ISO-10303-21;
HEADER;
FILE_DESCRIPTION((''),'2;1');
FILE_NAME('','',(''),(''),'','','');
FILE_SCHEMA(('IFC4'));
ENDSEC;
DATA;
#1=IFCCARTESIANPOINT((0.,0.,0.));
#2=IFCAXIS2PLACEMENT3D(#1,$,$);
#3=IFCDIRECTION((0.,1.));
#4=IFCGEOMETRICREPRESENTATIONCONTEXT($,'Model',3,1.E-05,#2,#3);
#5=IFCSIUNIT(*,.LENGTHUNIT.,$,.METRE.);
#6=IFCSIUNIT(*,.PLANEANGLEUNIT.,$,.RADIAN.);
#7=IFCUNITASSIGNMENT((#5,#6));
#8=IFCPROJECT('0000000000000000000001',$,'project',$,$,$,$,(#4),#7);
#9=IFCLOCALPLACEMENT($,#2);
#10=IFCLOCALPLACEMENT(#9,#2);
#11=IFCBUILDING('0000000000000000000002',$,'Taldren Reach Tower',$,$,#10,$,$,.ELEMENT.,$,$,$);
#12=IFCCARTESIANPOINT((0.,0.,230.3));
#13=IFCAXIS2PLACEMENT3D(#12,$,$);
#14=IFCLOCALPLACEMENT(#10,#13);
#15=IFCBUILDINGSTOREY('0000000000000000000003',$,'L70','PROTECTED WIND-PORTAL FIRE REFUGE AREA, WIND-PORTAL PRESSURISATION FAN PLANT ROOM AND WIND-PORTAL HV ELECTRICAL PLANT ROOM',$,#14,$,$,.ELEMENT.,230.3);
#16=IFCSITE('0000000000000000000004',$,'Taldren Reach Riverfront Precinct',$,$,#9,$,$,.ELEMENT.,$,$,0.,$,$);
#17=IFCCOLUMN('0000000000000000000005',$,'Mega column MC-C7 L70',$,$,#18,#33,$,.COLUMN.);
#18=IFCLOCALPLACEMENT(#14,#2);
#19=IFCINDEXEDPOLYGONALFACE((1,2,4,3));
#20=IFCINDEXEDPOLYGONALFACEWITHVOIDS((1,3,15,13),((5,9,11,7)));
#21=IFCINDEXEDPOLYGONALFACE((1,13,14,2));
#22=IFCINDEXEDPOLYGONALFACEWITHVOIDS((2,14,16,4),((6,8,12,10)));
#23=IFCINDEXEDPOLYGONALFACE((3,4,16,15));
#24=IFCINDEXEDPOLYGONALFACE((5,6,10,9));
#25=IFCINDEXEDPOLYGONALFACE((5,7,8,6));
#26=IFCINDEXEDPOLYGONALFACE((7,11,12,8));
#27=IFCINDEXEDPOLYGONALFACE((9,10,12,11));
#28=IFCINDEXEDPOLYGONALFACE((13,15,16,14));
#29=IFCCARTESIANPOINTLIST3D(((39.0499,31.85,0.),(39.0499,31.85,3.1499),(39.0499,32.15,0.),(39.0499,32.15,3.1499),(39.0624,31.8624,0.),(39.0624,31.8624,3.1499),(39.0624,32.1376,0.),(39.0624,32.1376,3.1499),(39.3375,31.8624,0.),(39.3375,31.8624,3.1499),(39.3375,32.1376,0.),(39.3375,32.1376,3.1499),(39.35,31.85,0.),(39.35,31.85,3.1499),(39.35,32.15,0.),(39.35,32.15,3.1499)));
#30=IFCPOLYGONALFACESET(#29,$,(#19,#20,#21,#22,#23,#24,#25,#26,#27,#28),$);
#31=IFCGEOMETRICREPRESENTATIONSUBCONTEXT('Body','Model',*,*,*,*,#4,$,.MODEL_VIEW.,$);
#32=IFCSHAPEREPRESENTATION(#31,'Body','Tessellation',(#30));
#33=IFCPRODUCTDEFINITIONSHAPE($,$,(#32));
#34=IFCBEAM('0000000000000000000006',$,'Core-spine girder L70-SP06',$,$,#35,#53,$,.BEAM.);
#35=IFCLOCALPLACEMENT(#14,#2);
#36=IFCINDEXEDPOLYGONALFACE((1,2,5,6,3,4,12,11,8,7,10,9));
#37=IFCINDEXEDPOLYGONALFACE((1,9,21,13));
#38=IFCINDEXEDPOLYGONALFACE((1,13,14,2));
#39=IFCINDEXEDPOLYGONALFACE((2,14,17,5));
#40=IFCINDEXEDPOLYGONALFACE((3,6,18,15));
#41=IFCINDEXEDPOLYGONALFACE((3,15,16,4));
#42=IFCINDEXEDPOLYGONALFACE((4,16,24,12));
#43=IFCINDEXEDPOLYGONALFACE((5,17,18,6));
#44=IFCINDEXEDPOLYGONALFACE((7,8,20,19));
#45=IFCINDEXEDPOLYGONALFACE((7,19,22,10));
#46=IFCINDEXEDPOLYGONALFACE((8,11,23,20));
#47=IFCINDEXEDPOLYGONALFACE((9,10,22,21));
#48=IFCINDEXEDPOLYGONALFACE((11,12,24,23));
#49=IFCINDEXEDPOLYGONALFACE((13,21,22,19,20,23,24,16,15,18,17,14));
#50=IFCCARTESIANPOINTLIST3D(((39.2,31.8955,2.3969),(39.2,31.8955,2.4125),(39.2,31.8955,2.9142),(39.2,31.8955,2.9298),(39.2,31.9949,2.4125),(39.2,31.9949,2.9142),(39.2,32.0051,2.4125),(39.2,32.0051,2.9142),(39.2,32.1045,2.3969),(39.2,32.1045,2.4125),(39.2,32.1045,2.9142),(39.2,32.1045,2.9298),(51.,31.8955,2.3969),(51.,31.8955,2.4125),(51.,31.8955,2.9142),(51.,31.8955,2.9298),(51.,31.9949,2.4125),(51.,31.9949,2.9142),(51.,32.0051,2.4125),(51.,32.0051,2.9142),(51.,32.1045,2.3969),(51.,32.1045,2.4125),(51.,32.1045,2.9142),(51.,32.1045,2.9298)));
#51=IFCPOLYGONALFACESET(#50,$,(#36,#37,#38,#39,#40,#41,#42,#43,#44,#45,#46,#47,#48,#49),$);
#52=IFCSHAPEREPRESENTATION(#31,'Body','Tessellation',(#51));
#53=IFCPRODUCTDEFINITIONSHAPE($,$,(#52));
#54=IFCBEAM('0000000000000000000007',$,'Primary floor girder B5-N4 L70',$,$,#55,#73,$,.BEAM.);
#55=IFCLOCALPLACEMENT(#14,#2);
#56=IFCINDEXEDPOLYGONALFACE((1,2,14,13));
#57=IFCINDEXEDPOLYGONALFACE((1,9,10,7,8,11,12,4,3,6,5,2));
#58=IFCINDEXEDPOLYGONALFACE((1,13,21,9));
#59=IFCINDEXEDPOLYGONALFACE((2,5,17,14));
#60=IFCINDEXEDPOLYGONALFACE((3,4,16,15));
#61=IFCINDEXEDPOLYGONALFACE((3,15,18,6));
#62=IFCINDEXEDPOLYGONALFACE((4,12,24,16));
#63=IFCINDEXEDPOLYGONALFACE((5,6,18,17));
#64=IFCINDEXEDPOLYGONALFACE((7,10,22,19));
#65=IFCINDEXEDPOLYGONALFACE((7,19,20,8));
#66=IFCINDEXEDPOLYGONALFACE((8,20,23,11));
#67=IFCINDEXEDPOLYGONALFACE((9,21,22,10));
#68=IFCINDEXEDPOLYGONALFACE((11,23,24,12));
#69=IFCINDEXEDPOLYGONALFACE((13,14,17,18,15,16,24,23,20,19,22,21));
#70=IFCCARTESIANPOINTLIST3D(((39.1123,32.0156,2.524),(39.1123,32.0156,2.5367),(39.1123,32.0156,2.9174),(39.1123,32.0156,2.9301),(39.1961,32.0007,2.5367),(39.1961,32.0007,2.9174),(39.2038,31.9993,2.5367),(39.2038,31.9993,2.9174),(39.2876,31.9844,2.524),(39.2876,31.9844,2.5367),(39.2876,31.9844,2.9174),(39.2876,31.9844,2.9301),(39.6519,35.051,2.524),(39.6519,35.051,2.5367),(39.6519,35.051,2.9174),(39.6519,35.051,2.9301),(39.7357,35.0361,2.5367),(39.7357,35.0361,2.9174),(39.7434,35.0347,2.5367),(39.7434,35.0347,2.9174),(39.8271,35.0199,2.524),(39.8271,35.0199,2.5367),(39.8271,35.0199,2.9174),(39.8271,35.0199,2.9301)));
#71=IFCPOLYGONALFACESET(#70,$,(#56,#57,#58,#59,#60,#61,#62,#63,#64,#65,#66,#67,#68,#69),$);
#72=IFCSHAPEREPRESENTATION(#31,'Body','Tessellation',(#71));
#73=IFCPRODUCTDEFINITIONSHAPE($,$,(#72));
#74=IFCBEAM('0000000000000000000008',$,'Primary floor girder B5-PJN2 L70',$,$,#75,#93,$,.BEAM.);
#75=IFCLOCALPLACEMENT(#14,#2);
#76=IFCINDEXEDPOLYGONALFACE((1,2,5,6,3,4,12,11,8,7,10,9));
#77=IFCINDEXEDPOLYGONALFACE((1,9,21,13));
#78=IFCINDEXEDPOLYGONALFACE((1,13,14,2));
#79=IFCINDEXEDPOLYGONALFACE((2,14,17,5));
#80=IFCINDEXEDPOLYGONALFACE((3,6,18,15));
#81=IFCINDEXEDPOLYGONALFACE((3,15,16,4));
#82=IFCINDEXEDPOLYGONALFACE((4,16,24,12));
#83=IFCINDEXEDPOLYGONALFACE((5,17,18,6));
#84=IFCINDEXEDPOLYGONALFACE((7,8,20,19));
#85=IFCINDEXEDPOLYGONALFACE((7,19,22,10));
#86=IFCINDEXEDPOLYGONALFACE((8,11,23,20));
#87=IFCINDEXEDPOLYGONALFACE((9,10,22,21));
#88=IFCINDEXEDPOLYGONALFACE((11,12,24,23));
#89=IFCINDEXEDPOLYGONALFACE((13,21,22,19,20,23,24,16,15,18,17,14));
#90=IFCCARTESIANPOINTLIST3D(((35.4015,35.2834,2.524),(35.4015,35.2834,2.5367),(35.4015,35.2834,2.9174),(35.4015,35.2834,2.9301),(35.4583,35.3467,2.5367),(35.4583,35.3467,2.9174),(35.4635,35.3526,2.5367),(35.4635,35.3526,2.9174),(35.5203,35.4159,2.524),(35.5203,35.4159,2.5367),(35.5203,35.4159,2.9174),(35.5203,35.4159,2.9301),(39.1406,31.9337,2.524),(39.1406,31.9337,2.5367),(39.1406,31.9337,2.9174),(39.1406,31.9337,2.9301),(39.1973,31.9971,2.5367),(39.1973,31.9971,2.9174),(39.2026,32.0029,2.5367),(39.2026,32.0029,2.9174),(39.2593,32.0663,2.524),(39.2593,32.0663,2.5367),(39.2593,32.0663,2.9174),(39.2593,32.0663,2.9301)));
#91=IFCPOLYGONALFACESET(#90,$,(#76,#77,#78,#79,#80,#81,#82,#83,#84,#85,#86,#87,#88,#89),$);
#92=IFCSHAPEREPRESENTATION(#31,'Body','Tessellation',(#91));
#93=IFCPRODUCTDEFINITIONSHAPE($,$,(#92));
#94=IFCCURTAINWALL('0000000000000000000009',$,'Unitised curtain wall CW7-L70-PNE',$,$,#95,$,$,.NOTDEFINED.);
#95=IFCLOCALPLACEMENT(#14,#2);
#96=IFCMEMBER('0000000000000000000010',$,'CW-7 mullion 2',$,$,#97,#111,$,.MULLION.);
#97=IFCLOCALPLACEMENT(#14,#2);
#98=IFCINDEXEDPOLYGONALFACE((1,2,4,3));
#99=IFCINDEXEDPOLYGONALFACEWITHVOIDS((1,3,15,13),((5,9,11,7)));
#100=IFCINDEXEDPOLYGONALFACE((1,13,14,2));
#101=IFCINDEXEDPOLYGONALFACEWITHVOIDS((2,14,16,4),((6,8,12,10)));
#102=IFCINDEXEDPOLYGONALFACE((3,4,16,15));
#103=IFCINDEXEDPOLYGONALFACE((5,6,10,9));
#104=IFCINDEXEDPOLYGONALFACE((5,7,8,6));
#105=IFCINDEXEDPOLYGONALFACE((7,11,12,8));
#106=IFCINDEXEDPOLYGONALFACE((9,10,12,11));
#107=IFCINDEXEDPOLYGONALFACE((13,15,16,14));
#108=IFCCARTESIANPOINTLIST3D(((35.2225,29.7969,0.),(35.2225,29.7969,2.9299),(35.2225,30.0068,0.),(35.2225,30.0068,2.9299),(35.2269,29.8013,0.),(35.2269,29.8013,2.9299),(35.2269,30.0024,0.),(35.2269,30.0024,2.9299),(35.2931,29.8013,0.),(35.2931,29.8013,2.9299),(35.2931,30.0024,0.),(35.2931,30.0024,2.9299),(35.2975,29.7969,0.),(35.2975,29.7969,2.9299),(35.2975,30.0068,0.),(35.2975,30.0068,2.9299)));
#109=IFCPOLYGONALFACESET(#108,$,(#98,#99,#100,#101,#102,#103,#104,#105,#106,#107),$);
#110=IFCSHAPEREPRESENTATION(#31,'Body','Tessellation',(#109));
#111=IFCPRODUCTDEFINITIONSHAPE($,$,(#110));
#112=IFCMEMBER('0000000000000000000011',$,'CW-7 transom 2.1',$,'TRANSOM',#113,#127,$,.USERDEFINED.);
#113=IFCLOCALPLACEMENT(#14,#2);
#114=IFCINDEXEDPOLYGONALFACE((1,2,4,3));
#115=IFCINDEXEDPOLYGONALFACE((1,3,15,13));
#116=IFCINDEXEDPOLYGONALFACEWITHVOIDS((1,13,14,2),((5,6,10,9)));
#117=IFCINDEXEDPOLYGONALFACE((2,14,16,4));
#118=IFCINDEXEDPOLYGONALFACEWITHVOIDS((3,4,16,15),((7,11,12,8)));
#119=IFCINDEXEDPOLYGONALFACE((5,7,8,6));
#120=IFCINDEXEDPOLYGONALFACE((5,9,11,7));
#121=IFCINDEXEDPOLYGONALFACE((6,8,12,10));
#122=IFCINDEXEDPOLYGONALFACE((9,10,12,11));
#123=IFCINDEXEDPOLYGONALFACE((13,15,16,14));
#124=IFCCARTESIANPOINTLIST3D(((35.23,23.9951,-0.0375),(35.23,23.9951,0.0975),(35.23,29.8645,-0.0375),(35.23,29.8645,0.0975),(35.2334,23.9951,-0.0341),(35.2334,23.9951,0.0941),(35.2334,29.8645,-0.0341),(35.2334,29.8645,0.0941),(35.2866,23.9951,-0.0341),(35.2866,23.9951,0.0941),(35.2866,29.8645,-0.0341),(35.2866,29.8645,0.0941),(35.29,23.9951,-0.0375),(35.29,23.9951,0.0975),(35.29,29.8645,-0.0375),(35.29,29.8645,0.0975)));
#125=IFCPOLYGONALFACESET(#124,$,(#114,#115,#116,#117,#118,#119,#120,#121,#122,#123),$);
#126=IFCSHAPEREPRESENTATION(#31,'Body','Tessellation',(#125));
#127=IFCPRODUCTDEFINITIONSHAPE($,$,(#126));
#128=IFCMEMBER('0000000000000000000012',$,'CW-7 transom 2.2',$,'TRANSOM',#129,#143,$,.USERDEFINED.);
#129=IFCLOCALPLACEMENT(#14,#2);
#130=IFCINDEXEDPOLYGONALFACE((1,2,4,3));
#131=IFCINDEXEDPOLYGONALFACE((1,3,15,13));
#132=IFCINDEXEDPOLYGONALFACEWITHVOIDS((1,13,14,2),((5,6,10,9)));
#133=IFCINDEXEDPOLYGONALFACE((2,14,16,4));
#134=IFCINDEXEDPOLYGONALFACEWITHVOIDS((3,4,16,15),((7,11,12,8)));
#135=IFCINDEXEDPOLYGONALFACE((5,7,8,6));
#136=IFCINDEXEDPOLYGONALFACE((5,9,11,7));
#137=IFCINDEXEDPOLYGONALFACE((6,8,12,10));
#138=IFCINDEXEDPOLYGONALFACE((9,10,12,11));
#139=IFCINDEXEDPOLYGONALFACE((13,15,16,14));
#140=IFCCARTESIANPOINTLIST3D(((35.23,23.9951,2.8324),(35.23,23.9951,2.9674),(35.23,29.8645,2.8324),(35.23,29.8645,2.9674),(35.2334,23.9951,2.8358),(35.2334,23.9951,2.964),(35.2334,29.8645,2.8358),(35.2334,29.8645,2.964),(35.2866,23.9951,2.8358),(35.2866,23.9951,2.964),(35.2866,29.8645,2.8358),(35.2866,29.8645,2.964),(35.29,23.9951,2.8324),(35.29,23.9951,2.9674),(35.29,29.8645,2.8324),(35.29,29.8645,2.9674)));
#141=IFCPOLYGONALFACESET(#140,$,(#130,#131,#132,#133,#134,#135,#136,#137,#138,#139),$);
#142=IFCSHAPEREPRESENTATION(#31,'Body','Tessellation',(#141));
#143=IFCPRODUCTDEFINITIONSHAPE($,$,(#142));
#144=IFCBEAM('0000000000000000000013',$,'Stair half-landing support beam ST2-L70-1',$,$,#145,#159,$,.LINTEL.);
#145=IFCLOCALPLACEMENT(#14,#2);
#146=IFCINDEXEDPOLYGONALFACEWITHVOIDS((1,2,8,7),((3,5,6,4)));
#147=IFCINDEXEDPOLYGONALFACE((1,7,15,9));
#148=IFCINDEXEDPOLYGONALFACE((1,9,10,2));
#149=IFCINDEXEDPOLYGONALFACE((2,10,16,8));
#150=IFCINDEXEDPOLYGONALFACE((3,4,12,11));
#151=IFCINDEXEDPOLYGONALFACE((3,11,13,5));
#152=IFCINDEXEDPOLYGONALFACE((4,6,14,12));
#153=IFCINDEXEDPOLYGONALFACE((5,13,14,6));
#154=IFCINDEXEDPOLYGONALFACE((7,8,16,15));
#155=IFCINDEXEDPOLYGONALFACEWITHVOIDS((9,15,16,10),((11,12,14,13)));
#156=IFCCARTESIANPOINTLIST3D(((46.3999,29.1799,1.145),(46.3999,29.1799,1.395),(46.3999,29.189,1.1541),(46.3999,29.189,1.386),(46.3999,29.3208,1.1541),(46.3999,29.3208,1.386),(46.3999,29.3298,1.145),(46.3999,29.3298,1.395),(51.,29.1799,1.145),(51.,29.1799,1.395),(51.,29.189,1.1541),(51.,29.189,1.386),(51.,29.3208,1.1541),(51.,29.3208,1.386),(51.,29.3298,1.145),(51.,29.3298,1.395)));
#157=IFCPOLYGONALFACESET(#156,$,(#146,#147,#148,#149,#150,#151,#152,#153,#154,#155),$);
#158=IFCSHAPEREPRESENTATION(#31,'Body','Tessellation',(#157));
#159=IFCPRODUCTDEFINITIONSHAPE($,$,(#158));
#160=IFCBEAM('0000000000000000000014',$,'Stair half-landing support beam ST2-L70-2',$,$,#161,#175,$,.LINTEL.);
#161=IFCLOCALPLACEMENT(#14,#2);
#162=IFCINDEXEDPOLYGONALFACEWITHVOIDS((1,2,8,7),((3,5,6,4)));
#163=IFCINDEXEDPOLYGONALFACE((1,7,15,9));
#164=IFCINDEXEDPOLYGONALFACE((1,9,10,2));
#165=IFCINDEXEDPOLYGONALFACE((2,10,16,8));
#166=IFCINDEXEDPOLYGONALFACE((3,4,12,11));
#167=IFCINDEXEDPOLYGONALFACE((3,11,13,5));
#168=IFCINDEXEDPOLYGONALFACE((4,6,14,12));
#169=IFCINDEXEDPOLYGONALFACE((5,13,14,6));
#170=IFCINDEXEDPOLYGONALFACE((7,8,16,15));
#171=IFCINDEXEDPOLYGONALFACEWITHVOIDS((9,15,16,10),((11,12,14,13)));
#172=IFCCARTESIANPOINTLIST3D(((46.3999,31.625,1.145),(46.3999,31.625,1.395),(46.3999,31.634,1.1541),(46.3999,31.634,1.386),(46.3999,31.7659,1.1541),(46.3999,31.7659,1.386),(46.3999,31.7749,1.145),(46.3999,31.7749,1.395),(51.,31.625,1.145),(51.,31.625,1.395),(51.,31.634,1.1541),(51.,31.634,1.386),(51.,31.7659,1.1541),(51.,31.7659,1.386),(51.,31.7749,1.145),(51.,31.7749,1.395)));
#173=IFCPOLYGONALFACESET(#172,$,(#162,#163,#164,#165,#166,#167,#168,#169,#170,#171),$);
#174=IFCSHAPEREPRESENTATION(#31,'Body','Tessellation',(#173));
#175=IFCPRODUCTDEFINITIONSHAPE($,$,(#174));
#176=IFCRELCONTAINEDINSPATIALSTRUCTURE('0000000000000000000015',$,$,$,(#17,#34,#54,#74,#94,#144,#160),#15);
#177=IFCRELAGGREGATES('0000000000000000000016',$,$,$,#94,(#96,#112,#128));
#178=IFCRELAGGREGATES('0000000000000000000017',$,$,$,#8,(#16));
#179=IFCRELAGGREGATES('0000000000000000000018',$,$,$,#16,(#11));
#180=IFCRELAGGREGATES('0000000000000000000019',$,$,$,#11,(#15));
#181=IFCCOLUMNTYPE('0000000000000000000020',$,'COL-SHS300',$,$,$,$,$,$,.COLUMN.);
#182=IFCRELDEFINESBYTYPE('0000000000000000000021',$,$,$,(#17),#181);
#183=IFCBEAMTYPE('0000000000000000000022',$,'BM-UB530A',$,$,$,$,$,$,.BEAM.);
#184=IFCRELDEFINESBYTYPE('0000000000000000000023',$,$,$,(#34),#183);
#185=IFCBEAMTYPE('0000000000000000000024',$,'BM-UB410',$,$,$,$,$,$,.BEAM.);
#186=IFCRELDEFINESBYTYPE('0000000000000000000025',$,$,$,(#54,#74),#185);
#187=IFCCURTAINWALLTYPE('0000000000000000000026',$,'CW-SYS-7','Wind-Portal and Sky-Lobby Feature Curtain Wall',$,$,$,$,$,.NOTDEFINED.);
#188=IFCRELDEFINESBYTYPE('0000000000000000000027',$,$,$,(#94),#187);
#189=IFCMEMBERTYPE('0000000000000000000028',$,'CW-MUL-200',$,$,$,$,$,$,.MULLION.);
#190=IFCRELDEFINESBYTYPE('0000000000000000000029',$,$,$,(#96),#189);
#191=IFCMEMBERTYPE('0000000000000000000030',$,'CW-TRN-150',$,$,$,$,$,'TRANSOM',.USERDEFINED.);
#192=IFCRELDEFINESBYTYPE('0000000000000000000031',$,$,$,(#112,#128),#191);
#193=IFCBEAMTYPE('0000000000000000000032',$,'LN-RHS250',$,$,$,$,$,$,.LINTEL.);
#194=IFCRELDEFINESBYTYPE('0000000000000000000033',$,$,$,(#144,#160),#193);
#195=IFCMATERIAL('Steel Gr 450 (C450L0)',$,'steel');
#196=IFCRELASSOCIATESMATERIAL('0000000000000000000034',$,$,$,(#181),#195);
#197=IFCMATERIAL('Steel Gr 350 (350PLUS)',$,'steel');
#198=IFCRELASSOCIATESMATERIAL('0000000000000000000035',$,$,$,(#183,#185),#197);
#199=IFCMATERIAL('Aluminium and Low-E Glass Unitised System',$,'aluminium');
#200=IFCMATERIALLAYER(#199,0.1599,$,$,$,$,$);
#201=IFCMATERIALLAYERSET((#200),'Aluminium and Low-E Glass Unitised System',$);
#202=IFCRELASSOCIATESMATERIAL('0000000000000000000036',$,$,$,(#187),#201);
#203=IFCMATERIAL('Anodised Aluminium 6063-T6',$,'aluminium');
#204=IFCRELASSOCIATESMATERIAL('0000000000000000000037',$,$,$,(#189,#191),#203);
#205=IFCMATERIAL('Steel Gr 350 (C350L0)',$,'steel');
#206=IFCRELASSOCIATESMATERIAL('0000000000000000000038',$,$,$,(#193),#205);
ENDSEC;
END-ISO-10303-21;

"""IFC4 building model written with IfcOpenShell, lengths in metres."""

from ifc_helpers import new_model, si_unit, direction, frame, origin, origin_2d, place, context, subcontext, project, spatial, hollow_rectangle, i_section, extrude, source, transform, mapped, material, layer, layer_set, material_profile, profile_set, type_object, element, aggregate, save


model = new_model("IFC4")

# Units and contexts
model_context = context("Model", 3, precision=1e-05, world=origin(), true_north=direction((0.0, 1.0)))
body_context = subcontext(model_context, "Body", "Model", "MODEL_VIEW")
ifc_project = project(units=[si_unit("LENGTHUNIT", "METRE"), si_unit("PLANEANGLEUNIT", "RADIAN")], contexts=[model_context])

# Site, building, storey
site_placement = place(None, origin())
site = spatial("IfcSite", under=ifc_project, at=site_placement, Name="Taldren Reach Riverfront Precinct", CompositionType="ELEMENT", RefElevation=0.0)
building_placement = place(site_placement, origin())
building = spatial("IfcBuilding", under=site, at=building_placement, Name="Taldren Reach Tower", CompositionType="ELEMENT")
storey_placement = place(building_placement, frame((0.0, 0.0, 230.3)))
storey = spatial("IfcBuildingStorey", under=building, at=storey_placement, Name="L70", Description="PROTECTED WIND-PORTAL FIRE REFUGE AREA, WIND-PORTAL PRESSURISATION FAN PLANT ROOM AND WIND-PORTAL HV ELECTRICAL PLANT ROOM", CompositionType="ELEMENT", Elevation=230.3)

# Column
ifc_material_1 = material(Name="Steel Gr 450 (C450L0)", Category="steel")
ifc_material_profile_1 = material_profile(ifc_material_1, hollow_rectangle(XDim=0.3, YDim=0.3, WallThickness=0.0125, at=origin_2d()), Name="300x300x12.5SHS")
ifc_profile_set_1 = profile_set([ifc_material_profile_1], Name="Steel Gr 450 (C450L0)")
column_type = type_object("IfcColumnType", Name="COL-SHS300", PredefinedType="COLUMN", material=ifc_profile_set_1)
shared_shape_1 = source(origin(), body_context, "Body", "SweptSolid", [
    extrude(hollow_rectangle(XDim=0.3, YDim=0.3, WallThickness=0.0125, at=origin_2d()), origin(), (0.0, 0.0, 1.0), 3.1499),
])
column_placement = place(storey_placement, frame((39.2, 32.0, 0.0), z_axis=(0.0, 0.0, 1.0), x_axis=(1.0, 0.0, 0.0)))
element("IfcColumn", 1, at=column_placement, inside=storey, type_object=column_type, Name="Mega column MC-C7 L70", PredefinedType="COLUMN", context=body_context, shape_type="MappedRepresentation", body=[
    mapped(shared_shape_1, transform((0.0, 0.0, 0.0), scale=1.0)),
])

# Beams
ifc_material_2 = material(Name="Steel Gr 350 (350PLUS)", Category="steel")
ifc_material_profile_2 = material_profile(ifc_material_2, i_section(OverallWidth=0.209, OverallDepth=0.533, WebThickness=0.0103, FlangeThickness=0.0156, at=origin_2d()), Name="530UB92.4")
ifc_profile_set_2 = profile_set([ifc_material_profile_2], Name="Steel Gr 350 (350PLUS)")
beam_type_1 = type_object("IfcBeamType", Name="BM-UB530A", PredefinedType="BEAM", material=ifc_profile_set_2)
shared_shape_2 = source(origin(), body_context, "Body", "SweptSolid", [
    extrude(i_section(OverallWidth=0.209, OverallDepth=0.533, WebThickness=0.0103, FlangeThickness=0.0156, at=origin_2d()), origin(), (0.0, 0.0, 1.0), 11.8),
])
beam_1_placement = place(storey_placement, frame((39.2, 32.0, 2.6633), z_axis=(1.0, 0.0, 0.0), x_axis=(0.0, 1.0, 0.0)))
element("IfcBeam", 2, at=beam_1_placement, inside=storey, type_object=beam_type_1, Name="Core-spine girder L70-SP06", PredefinedType="BEAM", context=body_context, shape_type="MappedRepresentation", body=[
    mapped(shared_shape_2, transform((0.0, 0.0, 0.0), scale=1.0)),
])
ifc_material_profile_3 = material_profile(ifc_material_2, i_section(OverallWidth=0.178, OverallDepth=0.406, WebThickness=0.0078, FlangeThickness=0.0127, at=origin_2d()), Name="410UB59.7")
ifc_profile_set_3 = profile_set([ifc_material_profile_3], Name="Steel Gr 350 (350PLUS)")
beam_type_2 = type_object("IfcBeamType", Name="BM-UB410", PredefinedType="BEAM", material=ifc_profile_set_3)
shared_shape_3 = source(origin(), body_context, "Body", "SweptSolid", [
    extrude(i_section(OverallWidth=0.178, OverallDepth=0.406, WebThickness=0.0078, FlangeThickness=0.0127, at=origin_2d()), origin(), (0.0, 0.0, 1.0), 3.083),
])
beam_2_placement = place(storey_placement, frame((39.2, 32.0, 2.7271), z_axis=(0.175009, 0.984567, 0.0), x_axis=(-0.984567, 0.175009, 0.0)))
element("IfcBeam", 3, at=beam_2_placement, inside=storey, type_object=beam_type_2, Name="Primary floor girder B5-N4 L70", PredefinedType="BEAM", context=body_context, shape_type="MappedRepresentation", body=[
    mapped(shared_shape_3, transform((0.0, 0.0, 0.0), scale=1.0)),
])
shared_shape_4 = source(origin(), body_context, "Body", "SweptSolid", [
    extrude(i_section(OverallWidth=0.178, OverallDepth=0.406, WebThickness=0.0078, FlangeThickness=0.0127, at=origin_2d()), origin(), (0.0, 0.0, 1.0), 5.02),
])
beam_3_placement = place(storey_placement, frame((39.2, 32.0, 2.7271), z_axis=(-0.744828, 0.667257, 0.0), x_axis=(-0.667257, -0.744828, 0.0)))
element("IfcBeam", 4, at=beam_3_placement, inside=storey, type_object=beam_type_2, Name="Primary floor girder B5-PJN2 L70", PredefinedType="BEAM", context=body_context, shape_type="MappedRepresentation", body=[
    mapped(shared_shape_4, transform((0.0, 0.0, 0.0), scale=1.0)),
])

# Curtain wall, members
ifc_material_3 = material(Name="Aluminium and Low-E Glass Unitised System", Category="aluminium")
ifc_layer_1 = layer(ifc_material_3, 0.1599)
ifc_layer_set_1 = layer_set([ifc_layer_1], Name="Aluminium and Low-E Glass Unitised System")
curtain_wall_type = type_object("IfcCurtainWallType", Name="CW-SYS-7", Description="Wind-Portal and Sky-Lobby Feature Curtain Wall", PredefinedType="NOTDEFINED", material=ifc_layer_set_1)
curtain_wall_placement = place(storey_placement, origin())
curtain_wall = element("IfcCurtainWall", 5, at=curtain_wall_placement, inside=storey, type_object=curtain_wall_type, Name="Unitised curtain wall CW7-L70-PNE", PredefinedType="NOTDEFINED")
ifc_material_4 = material(Name="Anodised Aluminium 6063-T6", Category="aluminium")
ifc_material_profile_4 = material_profile(ifc_material_4, hollow_rectangle(XDim=0.075, YDim=0.21, WallThickness=0.0044, at=origin_2d()), Name="ALU-210x75x4.5RHS")
ifc_profile_set_4 = profile_set([ifc_material_profile_4], Name="Anodised Aluminium 6063-T6")
member_type_1 = type_object("IfcMemberType", Name="CW-MUL-200", PredefinedType="MULLION", material=ifc_profile_set_4)
shared_shape_5 = source(origin(), body_context, "Body", "SweptSolid", [
    extrude(hollow_rectangle(XDim=0.075, YDim=0.21, WallThickness=0.0044, at=origin_2d()), origin(), (0.0, 0.0, 1.0), 2.9299),
])
member_1_placement = place(storey_placement, frame((35.26, 29.9019, 0.0), z_axis=(0.0, 0.0, 1.0), x_axis=(1.0, 0.0, 0.0)))
member_1 = element("IfcMember", 6, at=member_1_placement, type_object=member_type_1, Name="CW-7 mullion 2", PredefinedType="MULLION", context=body_context, shape_type="MappedRepresentation", body=[
    mapped(shared_shape_5, transform((0.0, 0.0, 0.0), scale=1.0)),
])
ifc_material_profile_5 = material_profile(ifc_material_4, hollow_rectangle(XDim=0.0601, YDim=0.135, WallThickness=0.0034, at=origin_2d()), Name="ALU-135x60x3.5RHS")
ifc_profile_set_5 = profile_set([ifc_material_profile_5], Name="Anodised Aluminium 6063-T6")
member_type_2 = type_object("IfcMemberType", Name="CW-TRN-150", ElementType="TRANSOM", PredefinedType="USERDEFINED", material=ifc_profile_set_5)
shared_shape_6 = source(origin(), body_context, "Body", "SweptSolid", [
    extrude(hollow_rectangle(XDim=0.0601, YDim=0.135, WallThickness=0.0034, at=origin_2d()), origin(), (0.0, 0.0, 1.0), 5.8694),
])
member_2_placement = place(storey_placement, frame((35.26, 29.8645, 0.03), z_axis=(0.0, -1.0, 0.0), x_axis=(1.0, 0.0, 0.0)))
member_2 = element("IfcMember", 7, at=member_2_placement, type_object=member_type_2, Name="CW-7 transom 2.1", ObjectType="TRANSOM", PredefinedType="USERDEFINED", context=body_context, shape_type="MappedRepresentation", body=[
    mapped(shared_shape_6, transform((0.0, 0.0, 0.0), scale=1.0)),
])
member_3_placement = place(storey_placement, frame((35.26, 29.8645, 2.8999), z_axis=(0.0, -1.0, 0.0), x_axis=(1.0, 0.0, 0.0)))
member_3 = element("IfcMember", 8, at=member_3_placement, type_object=member_type_2, Name="CW-7 transom 2.2", ObjectType="TRANSOM", PredefinedType="USERDEFINED", context=body_context, shape_type="MappedRepresentation", body=[
    mapped(shared_shape_6, transform((0.0, 0.0, 0.0), scale=1.0)),
])

# Beams
ifc_material_5 = material(Name="Steel Gr 350 (C350L0)", Category="steel")
ifc_material_profile_6 = material_profile(ifc_material_5, hollow_rectangle(XDim=0.1499, YDim=0.25, WallThickness=0.009, at=origin_2d()), Name="250x150x9.0RHS")
ifc_profile_set_6 = profile_set([ifc_material_profile_6], Name="Steel Gr 350 (C350L0)")
beam_type_3 = type_object("IfcBeamType", Name="LN-RHS250", PredefinedType="LINTEL", material=ifc_profile_set_6)
shared_shape_7 = source(origin(), body_context, "Body", "SweptSolid", [
    extrude(hollow_rectangle(XDim=0.1499, YDim=0.25, WallThickness=0.009, at=origin_2d()), origin(), (0.0, 0.0, 1.0), 4.6001),
])
for number, where, z_axis, x_axis, name in (
    (9, (46.3999, 29.2549, 1.27), (1.0, 0.0, 0.0), (0.0, 1.0, 0.0), "Stair half-landing support beam ST2-L70-1"),
    (10, (46.3999, 31.7, 1.27), (1.0, 0.0, 0.0), (0.0, 1.0, 0.0), "Stair half-landing support beam ST2-L70-2"),
):
    element("IfcBeam", number, at=place(storey_placement, frame(where, z_axis=z_axis, x_axis=x_axis)), inside=storey, type_object=beam_type_3, Name=name, PredefinedType="LINTEL", context=body_context, shape_type="MappedRepresentation", body=[
        mapped(shared_shape_7, transform((0.0, 0.0, 0.0), scale=1.0)),
    ])

aggregate(curtain_wall, [member_1, member_2, member_3])

save(model, "model.ifc")
